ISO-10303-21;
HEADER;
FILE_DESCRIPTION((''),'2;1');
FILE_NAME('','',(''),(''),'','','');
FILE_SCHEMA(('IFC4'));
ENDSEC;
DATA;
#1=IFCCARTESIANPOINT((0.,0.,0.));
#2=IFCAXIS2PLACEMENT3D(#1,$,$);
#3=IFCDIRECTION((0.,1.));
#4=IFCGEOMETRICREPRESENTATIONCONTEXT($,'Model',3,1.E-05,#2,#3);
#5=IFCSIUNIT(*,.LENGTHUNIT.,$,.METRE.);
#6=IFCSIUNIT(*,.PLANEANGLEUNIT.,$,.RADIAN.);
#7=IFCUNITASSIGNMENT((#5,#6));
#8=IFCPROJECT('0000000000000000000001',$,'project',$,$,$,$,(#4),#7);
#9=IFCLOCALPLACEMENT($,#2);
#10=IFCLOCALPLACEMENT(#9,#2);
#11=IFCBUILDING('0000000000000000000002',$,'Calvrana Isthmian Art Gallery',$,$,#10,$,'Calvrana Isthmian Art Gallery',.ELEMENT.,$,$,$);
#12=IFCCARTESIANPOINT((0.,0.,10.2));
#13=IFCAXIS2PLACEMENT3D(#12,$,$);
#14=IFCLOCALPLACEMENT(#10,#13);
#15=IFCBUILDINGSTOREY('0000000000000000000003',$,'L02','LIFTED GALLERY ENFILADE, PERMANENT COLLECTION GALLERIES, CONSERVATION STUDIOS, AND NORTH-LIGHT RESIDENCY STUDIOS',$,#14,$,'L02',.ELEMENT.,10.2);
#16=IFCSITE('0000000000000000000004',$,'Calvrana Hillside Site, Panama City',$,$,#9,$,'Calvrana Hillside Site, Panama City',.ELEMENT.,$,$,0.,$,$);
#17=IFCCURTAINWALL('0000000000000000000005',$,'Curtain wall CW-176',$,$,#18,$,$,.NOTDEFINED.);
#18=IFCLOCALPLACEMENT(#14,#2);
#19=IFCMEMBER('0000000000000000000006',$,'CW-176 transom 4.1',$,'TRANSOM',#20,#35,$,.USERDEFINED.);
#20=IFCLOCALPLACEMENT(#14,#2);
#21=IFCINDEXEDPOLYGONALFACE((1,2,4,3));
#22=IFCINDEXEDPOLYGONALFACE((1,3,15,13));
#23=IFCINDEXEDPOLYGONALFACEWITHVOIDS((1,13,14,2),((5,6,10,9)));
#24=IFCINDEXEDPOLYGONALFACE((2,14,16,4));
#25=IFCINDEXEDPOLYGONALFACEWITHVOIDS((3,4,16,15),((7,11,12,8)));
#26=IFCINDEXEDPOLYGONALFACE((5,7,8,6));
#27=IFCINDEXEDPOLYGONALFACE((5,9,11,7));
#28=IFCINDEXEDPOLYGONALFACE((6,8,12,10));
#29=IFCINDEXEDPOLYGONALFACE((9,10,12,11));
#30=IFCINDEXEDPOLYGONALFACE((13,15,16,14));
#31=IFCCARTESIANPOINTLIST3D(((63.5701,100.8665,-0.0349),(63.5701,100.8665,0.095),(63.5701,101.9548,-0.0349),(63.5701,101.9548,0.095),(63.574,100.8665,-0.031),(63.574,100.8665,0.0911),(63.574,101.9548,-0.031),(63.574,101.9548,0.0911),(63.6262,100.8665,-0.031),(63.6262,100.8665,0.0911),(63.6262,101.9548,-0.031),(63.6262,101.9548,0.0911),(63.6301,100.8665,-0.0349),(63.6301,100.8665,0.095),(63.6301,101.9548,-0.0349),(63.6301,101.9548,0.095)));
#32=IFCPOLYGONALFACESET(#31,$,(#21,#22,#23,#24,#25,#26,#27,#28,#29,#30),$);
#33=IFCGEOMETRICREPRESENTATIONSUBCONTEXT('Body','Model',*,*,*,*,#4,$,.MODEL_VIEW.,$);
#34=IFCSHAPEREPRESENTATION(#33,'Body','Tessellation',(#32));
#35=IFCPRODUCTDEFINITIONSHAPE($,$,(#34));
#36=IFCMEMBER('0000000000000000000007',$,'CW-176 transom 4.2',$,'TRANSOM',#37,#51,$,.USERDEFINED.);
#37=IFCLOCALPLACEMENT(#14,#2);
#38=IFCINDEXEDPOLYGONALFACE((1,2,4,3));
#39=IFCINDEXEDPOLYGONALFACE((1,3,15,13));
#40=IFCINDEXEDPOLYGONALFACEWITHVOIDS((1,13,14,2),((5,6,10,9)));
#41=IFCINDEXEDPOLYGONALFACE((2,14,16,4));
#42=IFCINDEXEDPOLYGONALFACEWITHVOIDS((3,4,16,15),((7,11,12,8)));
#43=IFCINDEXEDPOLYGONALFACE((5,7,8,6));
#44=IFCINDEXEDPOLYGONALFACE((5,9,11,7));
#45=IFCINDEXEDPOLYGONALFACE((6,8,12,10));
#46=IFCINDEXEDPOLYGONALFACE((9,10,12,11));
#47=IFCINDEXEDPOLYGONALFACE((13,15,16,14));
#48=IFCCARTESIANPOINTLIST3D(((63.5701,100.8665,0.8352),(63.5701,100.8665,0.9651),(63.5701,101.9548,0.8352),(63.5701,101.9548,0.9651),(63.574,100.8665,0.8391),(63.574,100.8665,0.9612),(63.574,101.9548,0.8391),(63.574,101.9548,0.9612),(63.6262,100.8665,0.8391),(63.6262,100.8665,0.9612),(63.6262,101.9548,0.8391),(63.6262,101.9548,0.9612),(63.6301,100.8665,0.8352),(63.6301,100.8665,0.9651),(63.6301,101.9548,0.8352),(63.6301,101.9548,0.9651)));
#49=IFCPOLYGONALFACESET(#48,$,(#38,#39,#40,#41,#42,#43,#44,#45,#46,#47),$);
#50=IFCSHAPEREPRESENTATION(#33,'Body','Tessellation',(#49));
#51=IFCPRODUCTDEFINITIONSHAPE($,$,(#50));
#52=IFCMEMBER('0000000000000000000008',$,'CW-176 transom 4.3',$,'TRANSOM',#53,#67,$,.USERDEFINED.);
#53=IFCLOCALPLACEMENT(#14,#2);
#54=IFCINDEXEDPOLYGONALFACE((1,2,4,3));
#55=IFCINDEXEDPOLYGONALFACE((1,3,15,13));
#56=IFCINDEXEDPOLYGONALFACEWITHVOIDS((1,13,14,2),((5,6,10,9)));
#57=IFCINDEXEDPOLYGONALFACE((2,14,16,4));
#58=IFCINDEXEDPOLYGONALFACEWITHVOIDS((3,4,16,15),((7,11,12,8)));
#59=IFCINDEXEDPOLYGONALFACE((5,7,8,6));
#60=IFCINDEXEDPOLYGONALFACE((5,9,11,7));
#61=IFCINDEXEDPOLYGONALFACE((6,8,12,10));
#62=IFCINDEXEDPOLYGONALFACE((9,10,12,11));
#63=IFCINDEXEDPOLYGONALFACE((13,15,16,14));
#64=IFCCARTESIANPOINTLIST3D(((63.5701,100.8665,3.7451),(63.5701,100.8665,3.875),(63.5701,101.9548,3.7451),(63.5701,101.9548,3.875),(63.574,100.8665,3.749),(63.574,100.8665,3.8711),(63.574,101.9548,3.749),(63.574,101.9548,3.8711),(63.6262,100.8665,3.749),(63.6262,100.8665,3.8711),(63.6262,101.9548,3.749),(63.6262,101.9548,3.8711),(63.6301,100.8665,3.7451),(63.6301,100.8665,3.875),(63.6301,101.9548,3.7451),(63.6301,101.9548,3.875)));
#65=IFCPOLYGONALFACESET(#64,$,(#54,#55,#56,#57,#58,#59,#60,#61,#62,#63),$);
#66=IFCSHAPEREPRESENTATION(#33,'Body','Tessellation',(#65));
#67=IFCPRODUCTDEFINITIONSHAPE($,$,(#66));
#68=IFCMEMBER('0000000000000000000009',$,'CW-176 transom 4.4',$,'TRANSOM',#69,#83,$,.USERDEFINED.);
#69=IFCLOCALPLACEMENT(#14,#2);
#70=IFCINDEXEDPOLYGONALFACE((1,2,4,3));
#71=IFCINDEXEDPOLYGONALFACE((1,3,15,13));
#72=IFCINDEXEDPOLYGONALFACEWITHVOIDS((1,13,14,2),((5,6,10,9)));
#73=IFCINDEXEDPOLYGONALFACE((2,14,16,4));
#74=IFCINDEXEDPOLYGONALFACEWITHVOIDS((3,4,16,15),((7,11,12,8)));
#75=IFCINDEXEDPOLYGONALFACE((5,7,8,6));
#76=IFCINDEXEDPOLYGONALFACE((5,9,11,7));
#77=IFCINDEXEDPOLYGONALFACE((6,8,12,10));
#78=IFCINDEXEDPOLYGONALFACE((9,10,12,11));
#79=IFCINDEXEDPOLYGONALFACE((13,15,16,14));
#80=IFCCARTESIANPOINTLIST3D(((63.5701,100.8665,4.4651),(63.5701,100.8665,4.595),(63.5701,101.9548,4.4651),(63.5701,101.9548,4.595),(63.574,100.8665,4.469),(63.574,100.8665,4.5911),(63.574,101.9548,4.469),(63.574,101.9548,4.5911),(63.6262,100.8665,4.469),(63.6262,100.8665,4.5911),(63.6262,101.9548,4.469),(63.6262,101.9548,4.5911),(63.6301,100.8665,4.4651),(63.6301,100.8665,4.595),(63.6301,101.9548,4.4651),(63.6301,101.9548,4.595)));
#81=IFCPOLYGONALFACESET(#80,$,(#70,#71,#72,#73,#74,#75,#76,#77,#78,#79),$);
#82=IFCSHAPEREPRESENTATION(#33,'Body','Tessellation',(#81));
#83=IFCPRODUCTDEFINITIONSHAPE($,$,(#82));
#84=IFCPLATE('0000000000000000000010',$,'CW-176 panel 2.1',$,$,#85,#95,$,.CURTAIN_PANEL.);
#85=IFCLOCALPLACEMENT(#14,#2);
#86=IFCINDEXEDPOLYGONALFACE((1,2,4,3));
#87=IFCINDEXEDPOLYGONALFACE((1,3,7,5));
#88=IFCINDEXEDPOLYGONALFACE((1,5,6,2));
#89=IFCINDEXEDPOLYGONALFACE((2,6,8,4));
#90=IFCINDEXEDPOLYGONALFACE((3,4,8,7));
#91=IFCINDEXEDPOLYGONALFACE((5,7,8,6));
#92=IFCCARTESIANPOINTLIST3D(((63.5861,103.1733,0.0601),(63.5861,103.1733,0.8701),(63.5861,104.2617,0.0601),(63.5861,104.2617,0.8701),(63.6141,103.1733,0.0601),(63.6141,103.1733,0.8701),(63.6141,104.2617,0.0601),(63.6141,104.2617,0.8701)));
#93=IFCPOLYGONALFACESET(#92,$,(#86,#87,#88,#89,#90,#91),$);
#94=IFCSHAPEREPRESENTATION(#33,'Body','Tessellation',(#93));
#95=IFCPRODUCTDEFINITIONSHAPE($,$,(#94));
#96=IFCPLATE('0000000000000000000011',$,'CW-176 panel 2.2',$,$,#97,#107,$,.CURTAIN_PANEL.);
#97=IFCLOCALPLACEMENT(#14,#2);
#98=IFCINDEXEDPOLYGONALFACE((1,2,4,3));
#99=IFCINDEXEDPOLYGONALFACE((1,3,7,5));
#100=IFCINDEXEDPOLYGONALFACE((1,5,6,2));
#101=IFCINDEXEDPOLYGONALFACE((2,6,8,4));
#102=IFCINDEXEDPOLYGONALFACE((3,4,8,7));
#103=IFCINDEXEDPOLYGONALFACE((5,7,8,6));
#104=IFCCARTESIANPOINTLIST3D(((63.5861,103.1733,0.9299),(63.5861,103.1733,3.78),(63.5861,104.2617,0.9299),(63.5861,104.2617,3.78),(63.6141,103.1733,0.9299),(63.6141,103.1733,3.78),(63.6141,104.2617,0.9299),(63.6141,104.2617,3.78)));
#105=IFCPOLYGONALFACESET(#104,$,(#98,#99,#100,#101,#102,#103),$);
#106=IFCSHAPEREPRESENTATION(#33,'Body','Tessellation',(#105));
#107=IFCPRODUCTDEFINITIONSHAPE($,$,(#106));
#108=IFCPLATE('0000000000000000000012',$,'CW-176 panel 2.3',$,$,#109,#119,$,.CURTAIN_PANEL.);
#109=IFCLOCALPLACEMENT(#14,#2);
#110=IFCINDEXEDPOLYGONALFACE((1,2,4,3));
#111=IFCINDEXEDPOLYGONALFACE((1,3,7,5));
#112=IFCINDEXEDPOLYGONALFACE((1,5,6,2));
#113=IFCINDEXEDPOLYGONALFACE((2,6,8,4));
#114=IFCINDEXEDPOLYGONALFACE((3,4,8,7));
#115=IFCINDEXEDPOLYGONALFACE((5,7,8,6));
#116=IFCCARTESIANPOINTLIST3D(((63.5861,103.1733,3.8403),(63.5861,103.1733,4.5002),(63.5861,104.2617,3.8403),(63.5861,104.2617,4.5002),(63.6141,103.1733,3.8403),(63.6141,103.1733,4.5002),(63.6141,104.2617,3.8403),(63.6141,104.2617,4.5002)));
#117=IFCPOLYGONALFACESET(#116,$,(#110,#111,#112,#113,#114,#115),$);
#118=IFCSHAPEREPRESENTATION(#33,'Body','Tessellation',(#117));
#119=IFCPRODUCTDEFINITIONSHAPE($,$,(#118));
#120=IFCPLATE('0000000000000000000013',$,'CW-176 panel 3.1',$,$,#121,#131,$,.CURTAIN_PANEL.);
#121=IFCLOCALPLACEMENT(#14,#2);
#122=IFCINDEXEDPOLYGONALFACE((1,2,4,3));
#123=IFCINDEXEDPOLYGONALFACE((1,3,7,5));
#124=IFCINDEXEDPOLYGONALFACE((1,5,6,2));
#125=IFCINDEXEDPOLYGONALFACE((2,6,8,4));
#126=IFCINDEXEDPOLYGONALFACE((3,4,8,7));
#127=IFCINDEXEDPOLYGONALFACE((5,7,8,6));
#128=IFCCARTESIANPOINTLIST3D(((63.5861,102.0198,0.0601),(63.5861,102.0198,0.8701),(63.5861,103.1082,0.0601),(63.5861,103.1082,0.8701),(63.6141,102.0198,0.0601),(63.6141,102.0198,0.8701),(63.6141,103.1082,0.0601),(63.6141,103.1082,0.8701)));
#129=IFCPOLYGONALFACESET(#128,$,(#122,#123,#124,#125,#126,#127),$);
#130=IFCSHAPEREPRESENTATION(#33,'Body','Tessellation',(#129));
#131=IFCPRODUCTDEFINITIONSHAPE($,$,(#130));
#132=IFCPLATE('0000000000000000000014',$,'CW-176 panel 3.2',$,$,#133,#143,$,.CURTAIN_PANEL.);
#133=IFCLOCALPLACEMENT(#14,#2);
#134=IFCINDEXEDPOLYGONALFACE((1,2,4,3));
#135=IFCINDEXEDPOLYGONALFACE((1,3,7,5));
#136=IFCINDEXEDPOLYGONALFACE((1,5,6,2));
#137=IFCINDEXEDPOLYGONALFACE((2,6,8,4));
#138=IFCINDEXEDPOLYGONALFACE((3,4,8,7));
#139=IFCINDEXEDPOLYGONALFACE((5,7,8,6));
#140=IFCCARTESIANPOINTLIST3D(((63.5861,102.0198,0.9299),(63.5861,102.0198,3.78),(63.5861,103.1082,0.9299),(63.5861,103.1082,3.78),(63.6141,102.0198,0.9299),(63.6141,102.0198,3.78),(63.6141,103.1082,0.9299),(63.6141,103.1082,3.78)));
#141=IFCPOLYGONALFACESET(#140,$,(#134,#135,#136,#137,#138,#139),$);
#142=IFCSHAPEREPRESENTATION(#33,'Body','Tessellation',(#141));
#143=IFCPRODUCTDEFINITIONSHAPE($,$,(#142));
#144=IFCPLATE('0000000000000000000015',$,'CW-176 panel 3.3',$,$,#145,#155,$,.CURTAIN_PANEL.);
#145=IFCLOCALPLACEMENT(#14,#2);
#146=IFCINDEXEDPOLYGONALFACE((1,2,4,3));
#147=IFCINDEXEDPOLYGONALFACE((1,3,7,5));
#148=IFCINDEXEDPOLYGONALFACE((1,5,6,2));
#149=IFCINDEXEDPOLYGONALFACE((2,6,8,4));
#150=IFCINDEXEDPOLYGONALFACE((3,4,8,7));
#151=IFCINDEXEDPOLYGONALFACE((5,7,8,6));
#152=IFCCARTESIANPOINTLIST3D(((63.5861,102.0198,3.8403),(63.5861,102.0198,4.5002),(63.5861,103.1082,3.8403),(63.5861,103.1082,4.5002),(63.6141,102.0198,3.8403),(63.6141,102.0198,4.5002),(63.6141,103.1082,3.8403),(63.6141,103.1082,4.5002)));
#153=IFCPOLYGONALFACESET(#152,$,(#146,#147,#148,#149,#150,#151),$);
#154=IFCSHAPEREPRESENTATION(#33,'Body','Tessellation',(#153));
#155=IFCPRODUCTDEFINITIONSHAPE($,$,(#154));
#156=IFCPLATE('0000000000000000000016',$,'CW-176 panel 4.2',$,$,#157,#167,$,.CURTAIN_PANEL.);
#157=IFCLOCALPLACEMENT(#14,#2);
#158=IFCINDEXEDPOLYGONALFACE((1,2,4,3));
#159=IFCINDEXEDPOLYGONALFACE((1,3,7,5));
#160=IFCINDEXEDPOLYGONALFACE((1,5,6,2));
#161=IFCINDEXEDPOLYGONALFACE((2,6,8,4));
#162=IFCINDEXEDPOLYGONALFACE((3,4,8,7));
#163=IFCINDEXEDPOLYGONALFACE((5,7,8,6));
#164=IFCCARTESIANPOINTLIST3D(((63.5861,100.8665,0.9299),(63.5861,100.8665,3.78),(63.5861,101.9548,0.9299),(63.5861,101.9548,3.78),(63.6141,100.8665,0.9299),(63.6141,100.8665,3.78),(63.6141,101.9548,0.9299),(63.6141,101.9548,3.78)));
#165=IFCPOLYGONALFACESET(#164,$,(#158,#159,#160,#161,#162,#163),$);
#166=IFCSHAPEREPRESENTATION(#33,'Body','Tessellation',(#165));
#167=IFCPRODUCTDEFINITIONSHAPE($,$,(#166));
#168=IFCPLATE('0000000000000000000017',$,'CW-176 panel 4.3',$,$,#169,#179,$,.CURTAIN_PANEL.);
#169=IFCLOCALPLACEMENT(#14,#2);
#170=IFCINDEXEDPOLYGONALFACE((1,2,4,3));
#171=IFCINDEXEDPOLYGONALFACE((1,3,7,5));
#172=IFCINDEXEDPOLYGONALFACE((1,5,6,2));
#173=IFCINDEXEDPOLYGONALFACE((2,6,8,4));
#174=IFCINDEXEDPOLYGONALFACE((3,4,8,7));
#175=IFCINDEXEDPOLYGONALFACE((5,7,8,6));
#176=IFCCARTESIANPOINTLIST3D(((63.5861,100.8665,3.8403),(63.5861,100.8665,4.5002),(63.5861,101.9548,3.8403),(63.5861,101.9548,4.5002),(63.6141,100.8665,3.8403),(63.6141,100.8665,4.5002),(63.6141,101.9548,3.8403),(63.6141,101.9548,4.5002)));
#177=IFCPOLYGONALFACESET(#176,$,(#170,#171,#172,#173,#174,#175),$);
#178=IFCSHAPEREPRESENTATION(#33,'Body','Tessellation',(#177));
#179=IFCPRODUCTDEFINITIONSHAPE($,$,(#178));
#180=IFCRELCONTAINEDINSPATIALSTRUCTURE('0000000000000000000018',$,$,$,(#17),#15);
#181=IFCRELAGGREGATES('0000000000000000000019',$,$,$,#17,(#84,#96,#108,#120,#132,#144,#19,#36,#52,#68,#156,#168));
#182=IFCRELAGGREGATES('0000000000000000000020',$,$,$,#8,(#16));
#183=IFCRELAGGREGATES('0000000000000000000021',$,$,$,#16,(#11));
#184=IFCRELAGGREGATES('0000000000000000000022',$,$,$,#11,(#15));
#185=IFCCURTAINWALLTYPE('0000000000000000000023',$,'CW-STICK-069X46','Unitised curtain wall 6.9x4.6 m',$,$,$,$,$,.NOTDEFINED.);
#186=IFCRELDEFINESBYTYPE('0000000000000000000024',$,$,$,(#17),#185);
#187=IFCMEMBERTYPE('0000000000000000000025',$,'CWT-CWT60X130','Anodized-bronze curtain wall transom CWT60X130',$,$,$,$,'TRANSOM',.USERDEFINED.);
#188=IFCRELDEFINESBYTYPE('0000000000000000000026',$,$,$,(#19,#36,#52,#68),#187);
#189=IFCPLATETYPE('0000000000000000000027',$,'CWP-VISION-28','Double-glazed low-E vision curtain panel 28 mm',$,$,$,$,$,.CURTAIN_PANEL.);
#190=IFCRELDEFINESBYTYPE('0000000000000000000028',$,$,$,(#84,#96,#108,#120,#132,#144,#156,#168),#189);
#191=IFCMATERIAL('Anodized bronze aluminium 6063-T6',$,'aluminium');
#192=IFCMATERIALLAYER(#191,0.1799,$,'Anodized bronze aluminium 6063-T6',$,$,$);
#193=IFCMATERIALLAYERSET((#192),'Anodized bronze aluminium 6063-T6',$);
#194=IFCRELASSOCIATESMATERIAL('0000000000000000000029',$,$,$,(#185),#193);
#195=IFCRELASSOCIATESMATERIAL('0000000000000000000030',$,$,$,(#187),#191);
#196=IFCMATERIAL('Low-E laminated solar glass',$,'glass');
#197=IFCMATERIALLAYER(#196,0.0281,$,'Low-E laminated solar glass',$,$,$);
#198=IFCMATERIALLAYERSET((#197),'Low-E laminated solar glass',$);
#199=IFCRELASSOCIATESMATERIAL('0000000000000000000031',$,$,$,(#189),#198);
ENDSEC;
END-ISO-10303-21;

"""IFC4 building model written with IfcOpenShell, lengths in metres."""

from ifc_helpers import new_model, si_unit, direction, frame, origin, origin_2d, place, context, subcontext, project, spatial, rectangle, hollow_rectangle, extrude, material, layer, layer_set, material_profile, profile_set, type_object, element, aggregate, save


model = new_model("IFC4")

# Units and contexts
model_context = context("Model", 3, precision=1e-05, world=origin(), true_north=direction((0.0, 1.0)))
body_context = subcontext(model_context, "Body", "Model", "MODEL_VIEW")
ifc_project = project(units=[si_unit("LENGTHUNIT", "METRE"), si_unit("PLANEANGLEUNIT", "RADIAN")], contexts=[model_context])

# Site, building, storey
site_placement = place(None, origin())
site = spatial("IfcSite", under=ifc_project, at=site_placement, Name="Calvrana Hillside Site, Panama City", LongName="Calvrana Hillside Site, Panama City", CompositionType="ELEMENT", RefElevation=0.0)
building_placement = place(site_placement, origin())
building = spatial("IfcBuilding", under=site, at=building_placement, Name="Calvrana Isthmian Art Gallery", LongName="Calvrana Isthmian Art Gallery", CompositionType="ELEMENT")
storey_placement = place(building_placement, frame((0.0, 0.0, 10.2)))
storey = spatial("IfcBuildingStorey", under=building, at=storey_placement, Name="L02", Description="LIFTED GALLERY ENFILADE, PERMANENT COLLECTION GALLERIES, CONSERVATION STUDIOS, AND NORTH-LIGHT RESIDENCY STUDIOS", LongName="L02", CompositionType="ELEMENT", Elevation=10.2)

# Curtain wall, members, plates
ifc_material_1 = material(Name="Anodized bronze aluminium 6063-T6", Category="aluminium")
ifc_layer_1 = layer(ifc_material_1, 0.1799, Name="Anodized bronze aluminium 6063-T6")
ifc_layer_set_1 = layer_set([ifc_layer_1], Name="Anodized bronze aluminium 6063-T6")
curtain_wall_type = type_object("IfcCurtainWallType", Name="CW-STICK-069X46", Description="Unitised curtain wall 6.9x4.6 m", PredefinedType="NOTDEFINED", material=ifc_layer_set_1)
curtain_wall_placement = place(storey_placement, origin())
curtain_wall = element("IfcCurtainWall", 1, at=curtain_wall_placement, inside=storey, type_object=curtain_wall_type, Name="Curtain wall CW-176", PredefinedType="NOTDEFINED")
ifc_material_profile_1 = material_profile(ifc_material_1, hollow_rectangle(XDim=0.0601, YDim=0.1299, WallThickness=0.0039, at=origin_2d()), Name="CWT60X130")
ifc_profile_set_1 = profile_set([ifc_material_profile_1], Name="Anodized bronze aluminium 6063-T6")
member_type_1 = type_object("IfcMemberType", Name="CWT-CWT60X130", Description="Anodized-bronze curtain wall transom CWT60X130", ElementType="TRANSOM", PredefinedType="USERDEFINED", material=ifc_profile_set_1)
member_1_placement = place(storey_placement, frame((63.6001, 101.9548, 0.03), z_axis=(0.0, -1.0, 0.0), x_axis=(1.0, 0.0, 0.0)))
member_1 = element("IfcMember", 2, at=member_1_placement, type_object=member_type_1, Name="CW-176 transom 4.1", ObjectType="TRANSOM", PredefinedType="USERDEFINED", context=body_context, shape_type="SweptSolid", body=[
    extrude(hollow_rectangle(XDim=0.0601, YDim=0.1299, WallThickness=0.0039, at=origin_2d()), origin(), (0.0, 0.0, 1.0), 1.0884),
])
member_2_placement = place(storey_placement, frame((63.6001, 101.9548, 0.9001), z_axis=(0.0, -1.0, 0.0), x_axis=(1.0, 0.0, 0.0)))
member_2 = element("IfcMember", 3, at=member_2_placement, type_object=member_type_1, Name="CW-176 transom 4.2", ObjectType="TRANSOM", PredefinedType="USERDEFINED", context=body_context, shape_type="SweptSolid", body=[
    extrude(hollow_rectangle(XDim=0.0601, YDim=0.1299, WallThickness=0.0039, at=origin_2d()), origin(), (0.0, 0.0, 1.0), 1.0884),
])
member_3_placement = place(storey_placement, frame((63.6001, 101.9548, 3.8101), z_axis=(0.0, -1.0, 0.0), x_axis=(1.0, 0.0, 0.0)))
member_3 = element("IfcMember", 4, at=member_3_placement, type_object=member_type_1, Name="CW-176 transom 4.3", ObjectType="TRANSOM", PredefinedType="USERDEFINED", context=body_context, shape_type="SweptSolid", body=[
    extrude(hollow_rectangle(XDim=0.0601, YDim=0.1299, WallThickness=0.0039, at=origin_2d()), origin(), (0.0, 0.0, 1.0), 1.0884),
])
member_4_placement = place(storey_placement, frame((63.6001, 101.9548, 4.53), z_axis=(0.0, -1.0, 0.0), x_axis=(1.0, 0.0, 0.0)))
member_4 = element("IfcMember", 5, at=member_4_placement, type_object=member_type_1, Name="CW-176 transom 4.4", ObjectType="TRANSOM", PredefinedType="USERDEFINED", context=body_context, shape_type="SweptSolid", body=[
    extrude(hollow_rectangle(XDim=0.0601, YDim=0.1299, WallThickness=0.0039, at=origin_2d()), origin(), (0.0, 0.0, 1.0), 1.0884),
])
ifc_material_2 = material(Name="Low-E laminated solar glass", Category="glass")
ifc_layer_2 = layer(ifc_material_2, 0.0281, Name="Low-E laminated solar glass")
ifc_layer_set_2 = layer_set([ifc_layer_2], Name="Low-E laminated solar glass")
plate_type = type_object("IfcPlateType", Name="CWP-VISION-28", Description="Double-glazed low-E vision curtain panel 28 mm", PredefinedType="CURTAIN_PANEL", material=ifc_layer_set_2)
plate_1_placement = place(storey_placement, frame((63.6001, 103.7175, 0.0601), z_axis=(0.0, 0.0, 1.0), x_axis=(0.0, -1.0, 0.0)))
plate_1 = element("IfcPlate", 6, at=plate_1_placement, type_object=plate_type, Name="CW-176 panel 2.1", PredefinedType="CURTAIN_PANEL", context=body_context, shape_type="SweptSolid", body=[
    extrude(rectangle(XDim=1.0884, YDim=0.0281, at=origin_2d()), origin(), (0.0, 0.0, 1.0), 0.8101),
])
plate_2_placement = place(storey_placement, frame((63.6001, 103.7175, 0.9299), z_axis=(0.0, 0.0, 1.0), x_axis=(0.0, -1.0, 0.0)))
plate_2 = element("IfcPlate", 7, at=plate_2_placement, type_object=plate_type, Name="CW-176 panel 2.2", PredefinedType="CURTAIN_PANEL", context=body_context, shape_type="SweptSolid", body=[
    extrude(rectangle(XDim=1.0884, YDim=0.0281, at=origin_2d()), origin(), (0.0, 0.0, 1.0), 2.8501),
])
plate_3_placement = place(storey_placement, frame((63.6001, 103.7175, 3.8403), z_axis=(0.0, 0.0, 1.0), x_axis=(0.0, -1.0, 0.0)))
plate_3 = element("IfcPlate", 8, at=plate_3_placement, type_object=plate_type, Name="CW-176 panel 2.3", PredefinedType="CURTAIN_PANEL", context=body_context, shape_type="SweptSolid", body=[
    extrude(rectangle(XDim=1.0884, YDim=0.0281, at=origin_2d()), origin(), (0.0, 0.0, 1.0), 0.6599),
])
plate_4_placement = place(storey_placement, frame((63.6001, 102.564, 0.0601), z_axis=(0.0, 0.0, 1.0), x_axis=(0.0, -1.0, 0.0)))
plate_4 = element("IfcPlate", 9, at=plate_4_placement, type_object=plate_type, Name="CW-176 panel 3.1", PredefinedType="CURTAIN_PANEL", context=body_context, shape_type="SweptSolid", body=[
    extrude(rectangle(XDim=1.0884, YDim=0.0281, at=origin_2d()), origin(), (0.0, 0.0, 1.0), 0.8101),
])
plate_5_placement = place(storey_placement, frame((63.6001, 102.564, 0.9299), z_axis=(0.0, 0.0, 1.0), x_axis=(0.0, -1.0, 0.0)))
plate_5 = element("IfcPlate", 10, at=plate_5_placement, type_object=plate_type, Name="CW-176 panel 3.2", PredefinedType="CURTAIN_PANEL", context=body_context, shape_type="SweptSolid", body=[
    extrude(rectangle(XDim=1.0884, YDim=0.0281, at=origin_2d()), origin(), (0.0, 0.0, 1.0), 2.8501),
])
plate_6_placement = place(storey_placement, frame((63.6001, 102.564, 3.8403), z_axis=(0.0, 0.0, 1.0), x_axis=(0.0, -1.0, 0.0)))
plate_6 = element("IfcPlate", 11, at=plate_6_placement, type_object=plate_type, Name="CW-176 panel 3.3", PredefinedType="CURTAIN_PANEL", context=body_context, shape_type="SweptSolid", body=[
    extrude(rectangle(XDim=1.0884, YDim=0.0281, at=origin_2d()), origin(), (0.0, 0.0, 1.0), 0.6599),
])
plate_7_placement = place(storey_placement, frame((63.6001, 101.4106, 0.9299), z_axis=(0.0, 0.0, 1.0), x_axis=(0.0, -1.0, 0.0)))
plate_7 = element("IfcPlate", 12, at=plate_7_placement, type_object=plate_type, Name="CW-176 panel 4.2", PredefinedType="CURTAIN_PANEL", context=body_context, shape_type="SweptSolid", body=[
    extrude(rectangle(XDim=1.0884, YDim=0.0281, at=origin_2d()), origin(), (0.0, 0.0, 1.0), 2.8501),
])
plate_8_placement = place(storey_placement, frame((63.6001, 101.4106, 3.8403), z_axis=(0.0, 0.0, 1.0), x_axis=(0.0, -1.0, 0.0)))
plate_8 = element("IfcPlate", 13, at=plate_8_placement, type_object=plate_type, Name="CW-176 panel 4.3", PredefinedType="CURTAIN_PANEL", context=body_context, shape_type="SweptSolid", body=[
    extrude(rectangle(XDim=1.0884, YDim=0.0281, at=origin_2d()), origin(), (0.0, 0.0, 1.0), 0.6599),
])
aggregate(curtain_wall, [plate_1, plate_2, plate_3, plate_4, plate_5, plate_6, member_1, member_2, member_3, member_4, plate_7, plate_8])

save(model, "model.ifc")
